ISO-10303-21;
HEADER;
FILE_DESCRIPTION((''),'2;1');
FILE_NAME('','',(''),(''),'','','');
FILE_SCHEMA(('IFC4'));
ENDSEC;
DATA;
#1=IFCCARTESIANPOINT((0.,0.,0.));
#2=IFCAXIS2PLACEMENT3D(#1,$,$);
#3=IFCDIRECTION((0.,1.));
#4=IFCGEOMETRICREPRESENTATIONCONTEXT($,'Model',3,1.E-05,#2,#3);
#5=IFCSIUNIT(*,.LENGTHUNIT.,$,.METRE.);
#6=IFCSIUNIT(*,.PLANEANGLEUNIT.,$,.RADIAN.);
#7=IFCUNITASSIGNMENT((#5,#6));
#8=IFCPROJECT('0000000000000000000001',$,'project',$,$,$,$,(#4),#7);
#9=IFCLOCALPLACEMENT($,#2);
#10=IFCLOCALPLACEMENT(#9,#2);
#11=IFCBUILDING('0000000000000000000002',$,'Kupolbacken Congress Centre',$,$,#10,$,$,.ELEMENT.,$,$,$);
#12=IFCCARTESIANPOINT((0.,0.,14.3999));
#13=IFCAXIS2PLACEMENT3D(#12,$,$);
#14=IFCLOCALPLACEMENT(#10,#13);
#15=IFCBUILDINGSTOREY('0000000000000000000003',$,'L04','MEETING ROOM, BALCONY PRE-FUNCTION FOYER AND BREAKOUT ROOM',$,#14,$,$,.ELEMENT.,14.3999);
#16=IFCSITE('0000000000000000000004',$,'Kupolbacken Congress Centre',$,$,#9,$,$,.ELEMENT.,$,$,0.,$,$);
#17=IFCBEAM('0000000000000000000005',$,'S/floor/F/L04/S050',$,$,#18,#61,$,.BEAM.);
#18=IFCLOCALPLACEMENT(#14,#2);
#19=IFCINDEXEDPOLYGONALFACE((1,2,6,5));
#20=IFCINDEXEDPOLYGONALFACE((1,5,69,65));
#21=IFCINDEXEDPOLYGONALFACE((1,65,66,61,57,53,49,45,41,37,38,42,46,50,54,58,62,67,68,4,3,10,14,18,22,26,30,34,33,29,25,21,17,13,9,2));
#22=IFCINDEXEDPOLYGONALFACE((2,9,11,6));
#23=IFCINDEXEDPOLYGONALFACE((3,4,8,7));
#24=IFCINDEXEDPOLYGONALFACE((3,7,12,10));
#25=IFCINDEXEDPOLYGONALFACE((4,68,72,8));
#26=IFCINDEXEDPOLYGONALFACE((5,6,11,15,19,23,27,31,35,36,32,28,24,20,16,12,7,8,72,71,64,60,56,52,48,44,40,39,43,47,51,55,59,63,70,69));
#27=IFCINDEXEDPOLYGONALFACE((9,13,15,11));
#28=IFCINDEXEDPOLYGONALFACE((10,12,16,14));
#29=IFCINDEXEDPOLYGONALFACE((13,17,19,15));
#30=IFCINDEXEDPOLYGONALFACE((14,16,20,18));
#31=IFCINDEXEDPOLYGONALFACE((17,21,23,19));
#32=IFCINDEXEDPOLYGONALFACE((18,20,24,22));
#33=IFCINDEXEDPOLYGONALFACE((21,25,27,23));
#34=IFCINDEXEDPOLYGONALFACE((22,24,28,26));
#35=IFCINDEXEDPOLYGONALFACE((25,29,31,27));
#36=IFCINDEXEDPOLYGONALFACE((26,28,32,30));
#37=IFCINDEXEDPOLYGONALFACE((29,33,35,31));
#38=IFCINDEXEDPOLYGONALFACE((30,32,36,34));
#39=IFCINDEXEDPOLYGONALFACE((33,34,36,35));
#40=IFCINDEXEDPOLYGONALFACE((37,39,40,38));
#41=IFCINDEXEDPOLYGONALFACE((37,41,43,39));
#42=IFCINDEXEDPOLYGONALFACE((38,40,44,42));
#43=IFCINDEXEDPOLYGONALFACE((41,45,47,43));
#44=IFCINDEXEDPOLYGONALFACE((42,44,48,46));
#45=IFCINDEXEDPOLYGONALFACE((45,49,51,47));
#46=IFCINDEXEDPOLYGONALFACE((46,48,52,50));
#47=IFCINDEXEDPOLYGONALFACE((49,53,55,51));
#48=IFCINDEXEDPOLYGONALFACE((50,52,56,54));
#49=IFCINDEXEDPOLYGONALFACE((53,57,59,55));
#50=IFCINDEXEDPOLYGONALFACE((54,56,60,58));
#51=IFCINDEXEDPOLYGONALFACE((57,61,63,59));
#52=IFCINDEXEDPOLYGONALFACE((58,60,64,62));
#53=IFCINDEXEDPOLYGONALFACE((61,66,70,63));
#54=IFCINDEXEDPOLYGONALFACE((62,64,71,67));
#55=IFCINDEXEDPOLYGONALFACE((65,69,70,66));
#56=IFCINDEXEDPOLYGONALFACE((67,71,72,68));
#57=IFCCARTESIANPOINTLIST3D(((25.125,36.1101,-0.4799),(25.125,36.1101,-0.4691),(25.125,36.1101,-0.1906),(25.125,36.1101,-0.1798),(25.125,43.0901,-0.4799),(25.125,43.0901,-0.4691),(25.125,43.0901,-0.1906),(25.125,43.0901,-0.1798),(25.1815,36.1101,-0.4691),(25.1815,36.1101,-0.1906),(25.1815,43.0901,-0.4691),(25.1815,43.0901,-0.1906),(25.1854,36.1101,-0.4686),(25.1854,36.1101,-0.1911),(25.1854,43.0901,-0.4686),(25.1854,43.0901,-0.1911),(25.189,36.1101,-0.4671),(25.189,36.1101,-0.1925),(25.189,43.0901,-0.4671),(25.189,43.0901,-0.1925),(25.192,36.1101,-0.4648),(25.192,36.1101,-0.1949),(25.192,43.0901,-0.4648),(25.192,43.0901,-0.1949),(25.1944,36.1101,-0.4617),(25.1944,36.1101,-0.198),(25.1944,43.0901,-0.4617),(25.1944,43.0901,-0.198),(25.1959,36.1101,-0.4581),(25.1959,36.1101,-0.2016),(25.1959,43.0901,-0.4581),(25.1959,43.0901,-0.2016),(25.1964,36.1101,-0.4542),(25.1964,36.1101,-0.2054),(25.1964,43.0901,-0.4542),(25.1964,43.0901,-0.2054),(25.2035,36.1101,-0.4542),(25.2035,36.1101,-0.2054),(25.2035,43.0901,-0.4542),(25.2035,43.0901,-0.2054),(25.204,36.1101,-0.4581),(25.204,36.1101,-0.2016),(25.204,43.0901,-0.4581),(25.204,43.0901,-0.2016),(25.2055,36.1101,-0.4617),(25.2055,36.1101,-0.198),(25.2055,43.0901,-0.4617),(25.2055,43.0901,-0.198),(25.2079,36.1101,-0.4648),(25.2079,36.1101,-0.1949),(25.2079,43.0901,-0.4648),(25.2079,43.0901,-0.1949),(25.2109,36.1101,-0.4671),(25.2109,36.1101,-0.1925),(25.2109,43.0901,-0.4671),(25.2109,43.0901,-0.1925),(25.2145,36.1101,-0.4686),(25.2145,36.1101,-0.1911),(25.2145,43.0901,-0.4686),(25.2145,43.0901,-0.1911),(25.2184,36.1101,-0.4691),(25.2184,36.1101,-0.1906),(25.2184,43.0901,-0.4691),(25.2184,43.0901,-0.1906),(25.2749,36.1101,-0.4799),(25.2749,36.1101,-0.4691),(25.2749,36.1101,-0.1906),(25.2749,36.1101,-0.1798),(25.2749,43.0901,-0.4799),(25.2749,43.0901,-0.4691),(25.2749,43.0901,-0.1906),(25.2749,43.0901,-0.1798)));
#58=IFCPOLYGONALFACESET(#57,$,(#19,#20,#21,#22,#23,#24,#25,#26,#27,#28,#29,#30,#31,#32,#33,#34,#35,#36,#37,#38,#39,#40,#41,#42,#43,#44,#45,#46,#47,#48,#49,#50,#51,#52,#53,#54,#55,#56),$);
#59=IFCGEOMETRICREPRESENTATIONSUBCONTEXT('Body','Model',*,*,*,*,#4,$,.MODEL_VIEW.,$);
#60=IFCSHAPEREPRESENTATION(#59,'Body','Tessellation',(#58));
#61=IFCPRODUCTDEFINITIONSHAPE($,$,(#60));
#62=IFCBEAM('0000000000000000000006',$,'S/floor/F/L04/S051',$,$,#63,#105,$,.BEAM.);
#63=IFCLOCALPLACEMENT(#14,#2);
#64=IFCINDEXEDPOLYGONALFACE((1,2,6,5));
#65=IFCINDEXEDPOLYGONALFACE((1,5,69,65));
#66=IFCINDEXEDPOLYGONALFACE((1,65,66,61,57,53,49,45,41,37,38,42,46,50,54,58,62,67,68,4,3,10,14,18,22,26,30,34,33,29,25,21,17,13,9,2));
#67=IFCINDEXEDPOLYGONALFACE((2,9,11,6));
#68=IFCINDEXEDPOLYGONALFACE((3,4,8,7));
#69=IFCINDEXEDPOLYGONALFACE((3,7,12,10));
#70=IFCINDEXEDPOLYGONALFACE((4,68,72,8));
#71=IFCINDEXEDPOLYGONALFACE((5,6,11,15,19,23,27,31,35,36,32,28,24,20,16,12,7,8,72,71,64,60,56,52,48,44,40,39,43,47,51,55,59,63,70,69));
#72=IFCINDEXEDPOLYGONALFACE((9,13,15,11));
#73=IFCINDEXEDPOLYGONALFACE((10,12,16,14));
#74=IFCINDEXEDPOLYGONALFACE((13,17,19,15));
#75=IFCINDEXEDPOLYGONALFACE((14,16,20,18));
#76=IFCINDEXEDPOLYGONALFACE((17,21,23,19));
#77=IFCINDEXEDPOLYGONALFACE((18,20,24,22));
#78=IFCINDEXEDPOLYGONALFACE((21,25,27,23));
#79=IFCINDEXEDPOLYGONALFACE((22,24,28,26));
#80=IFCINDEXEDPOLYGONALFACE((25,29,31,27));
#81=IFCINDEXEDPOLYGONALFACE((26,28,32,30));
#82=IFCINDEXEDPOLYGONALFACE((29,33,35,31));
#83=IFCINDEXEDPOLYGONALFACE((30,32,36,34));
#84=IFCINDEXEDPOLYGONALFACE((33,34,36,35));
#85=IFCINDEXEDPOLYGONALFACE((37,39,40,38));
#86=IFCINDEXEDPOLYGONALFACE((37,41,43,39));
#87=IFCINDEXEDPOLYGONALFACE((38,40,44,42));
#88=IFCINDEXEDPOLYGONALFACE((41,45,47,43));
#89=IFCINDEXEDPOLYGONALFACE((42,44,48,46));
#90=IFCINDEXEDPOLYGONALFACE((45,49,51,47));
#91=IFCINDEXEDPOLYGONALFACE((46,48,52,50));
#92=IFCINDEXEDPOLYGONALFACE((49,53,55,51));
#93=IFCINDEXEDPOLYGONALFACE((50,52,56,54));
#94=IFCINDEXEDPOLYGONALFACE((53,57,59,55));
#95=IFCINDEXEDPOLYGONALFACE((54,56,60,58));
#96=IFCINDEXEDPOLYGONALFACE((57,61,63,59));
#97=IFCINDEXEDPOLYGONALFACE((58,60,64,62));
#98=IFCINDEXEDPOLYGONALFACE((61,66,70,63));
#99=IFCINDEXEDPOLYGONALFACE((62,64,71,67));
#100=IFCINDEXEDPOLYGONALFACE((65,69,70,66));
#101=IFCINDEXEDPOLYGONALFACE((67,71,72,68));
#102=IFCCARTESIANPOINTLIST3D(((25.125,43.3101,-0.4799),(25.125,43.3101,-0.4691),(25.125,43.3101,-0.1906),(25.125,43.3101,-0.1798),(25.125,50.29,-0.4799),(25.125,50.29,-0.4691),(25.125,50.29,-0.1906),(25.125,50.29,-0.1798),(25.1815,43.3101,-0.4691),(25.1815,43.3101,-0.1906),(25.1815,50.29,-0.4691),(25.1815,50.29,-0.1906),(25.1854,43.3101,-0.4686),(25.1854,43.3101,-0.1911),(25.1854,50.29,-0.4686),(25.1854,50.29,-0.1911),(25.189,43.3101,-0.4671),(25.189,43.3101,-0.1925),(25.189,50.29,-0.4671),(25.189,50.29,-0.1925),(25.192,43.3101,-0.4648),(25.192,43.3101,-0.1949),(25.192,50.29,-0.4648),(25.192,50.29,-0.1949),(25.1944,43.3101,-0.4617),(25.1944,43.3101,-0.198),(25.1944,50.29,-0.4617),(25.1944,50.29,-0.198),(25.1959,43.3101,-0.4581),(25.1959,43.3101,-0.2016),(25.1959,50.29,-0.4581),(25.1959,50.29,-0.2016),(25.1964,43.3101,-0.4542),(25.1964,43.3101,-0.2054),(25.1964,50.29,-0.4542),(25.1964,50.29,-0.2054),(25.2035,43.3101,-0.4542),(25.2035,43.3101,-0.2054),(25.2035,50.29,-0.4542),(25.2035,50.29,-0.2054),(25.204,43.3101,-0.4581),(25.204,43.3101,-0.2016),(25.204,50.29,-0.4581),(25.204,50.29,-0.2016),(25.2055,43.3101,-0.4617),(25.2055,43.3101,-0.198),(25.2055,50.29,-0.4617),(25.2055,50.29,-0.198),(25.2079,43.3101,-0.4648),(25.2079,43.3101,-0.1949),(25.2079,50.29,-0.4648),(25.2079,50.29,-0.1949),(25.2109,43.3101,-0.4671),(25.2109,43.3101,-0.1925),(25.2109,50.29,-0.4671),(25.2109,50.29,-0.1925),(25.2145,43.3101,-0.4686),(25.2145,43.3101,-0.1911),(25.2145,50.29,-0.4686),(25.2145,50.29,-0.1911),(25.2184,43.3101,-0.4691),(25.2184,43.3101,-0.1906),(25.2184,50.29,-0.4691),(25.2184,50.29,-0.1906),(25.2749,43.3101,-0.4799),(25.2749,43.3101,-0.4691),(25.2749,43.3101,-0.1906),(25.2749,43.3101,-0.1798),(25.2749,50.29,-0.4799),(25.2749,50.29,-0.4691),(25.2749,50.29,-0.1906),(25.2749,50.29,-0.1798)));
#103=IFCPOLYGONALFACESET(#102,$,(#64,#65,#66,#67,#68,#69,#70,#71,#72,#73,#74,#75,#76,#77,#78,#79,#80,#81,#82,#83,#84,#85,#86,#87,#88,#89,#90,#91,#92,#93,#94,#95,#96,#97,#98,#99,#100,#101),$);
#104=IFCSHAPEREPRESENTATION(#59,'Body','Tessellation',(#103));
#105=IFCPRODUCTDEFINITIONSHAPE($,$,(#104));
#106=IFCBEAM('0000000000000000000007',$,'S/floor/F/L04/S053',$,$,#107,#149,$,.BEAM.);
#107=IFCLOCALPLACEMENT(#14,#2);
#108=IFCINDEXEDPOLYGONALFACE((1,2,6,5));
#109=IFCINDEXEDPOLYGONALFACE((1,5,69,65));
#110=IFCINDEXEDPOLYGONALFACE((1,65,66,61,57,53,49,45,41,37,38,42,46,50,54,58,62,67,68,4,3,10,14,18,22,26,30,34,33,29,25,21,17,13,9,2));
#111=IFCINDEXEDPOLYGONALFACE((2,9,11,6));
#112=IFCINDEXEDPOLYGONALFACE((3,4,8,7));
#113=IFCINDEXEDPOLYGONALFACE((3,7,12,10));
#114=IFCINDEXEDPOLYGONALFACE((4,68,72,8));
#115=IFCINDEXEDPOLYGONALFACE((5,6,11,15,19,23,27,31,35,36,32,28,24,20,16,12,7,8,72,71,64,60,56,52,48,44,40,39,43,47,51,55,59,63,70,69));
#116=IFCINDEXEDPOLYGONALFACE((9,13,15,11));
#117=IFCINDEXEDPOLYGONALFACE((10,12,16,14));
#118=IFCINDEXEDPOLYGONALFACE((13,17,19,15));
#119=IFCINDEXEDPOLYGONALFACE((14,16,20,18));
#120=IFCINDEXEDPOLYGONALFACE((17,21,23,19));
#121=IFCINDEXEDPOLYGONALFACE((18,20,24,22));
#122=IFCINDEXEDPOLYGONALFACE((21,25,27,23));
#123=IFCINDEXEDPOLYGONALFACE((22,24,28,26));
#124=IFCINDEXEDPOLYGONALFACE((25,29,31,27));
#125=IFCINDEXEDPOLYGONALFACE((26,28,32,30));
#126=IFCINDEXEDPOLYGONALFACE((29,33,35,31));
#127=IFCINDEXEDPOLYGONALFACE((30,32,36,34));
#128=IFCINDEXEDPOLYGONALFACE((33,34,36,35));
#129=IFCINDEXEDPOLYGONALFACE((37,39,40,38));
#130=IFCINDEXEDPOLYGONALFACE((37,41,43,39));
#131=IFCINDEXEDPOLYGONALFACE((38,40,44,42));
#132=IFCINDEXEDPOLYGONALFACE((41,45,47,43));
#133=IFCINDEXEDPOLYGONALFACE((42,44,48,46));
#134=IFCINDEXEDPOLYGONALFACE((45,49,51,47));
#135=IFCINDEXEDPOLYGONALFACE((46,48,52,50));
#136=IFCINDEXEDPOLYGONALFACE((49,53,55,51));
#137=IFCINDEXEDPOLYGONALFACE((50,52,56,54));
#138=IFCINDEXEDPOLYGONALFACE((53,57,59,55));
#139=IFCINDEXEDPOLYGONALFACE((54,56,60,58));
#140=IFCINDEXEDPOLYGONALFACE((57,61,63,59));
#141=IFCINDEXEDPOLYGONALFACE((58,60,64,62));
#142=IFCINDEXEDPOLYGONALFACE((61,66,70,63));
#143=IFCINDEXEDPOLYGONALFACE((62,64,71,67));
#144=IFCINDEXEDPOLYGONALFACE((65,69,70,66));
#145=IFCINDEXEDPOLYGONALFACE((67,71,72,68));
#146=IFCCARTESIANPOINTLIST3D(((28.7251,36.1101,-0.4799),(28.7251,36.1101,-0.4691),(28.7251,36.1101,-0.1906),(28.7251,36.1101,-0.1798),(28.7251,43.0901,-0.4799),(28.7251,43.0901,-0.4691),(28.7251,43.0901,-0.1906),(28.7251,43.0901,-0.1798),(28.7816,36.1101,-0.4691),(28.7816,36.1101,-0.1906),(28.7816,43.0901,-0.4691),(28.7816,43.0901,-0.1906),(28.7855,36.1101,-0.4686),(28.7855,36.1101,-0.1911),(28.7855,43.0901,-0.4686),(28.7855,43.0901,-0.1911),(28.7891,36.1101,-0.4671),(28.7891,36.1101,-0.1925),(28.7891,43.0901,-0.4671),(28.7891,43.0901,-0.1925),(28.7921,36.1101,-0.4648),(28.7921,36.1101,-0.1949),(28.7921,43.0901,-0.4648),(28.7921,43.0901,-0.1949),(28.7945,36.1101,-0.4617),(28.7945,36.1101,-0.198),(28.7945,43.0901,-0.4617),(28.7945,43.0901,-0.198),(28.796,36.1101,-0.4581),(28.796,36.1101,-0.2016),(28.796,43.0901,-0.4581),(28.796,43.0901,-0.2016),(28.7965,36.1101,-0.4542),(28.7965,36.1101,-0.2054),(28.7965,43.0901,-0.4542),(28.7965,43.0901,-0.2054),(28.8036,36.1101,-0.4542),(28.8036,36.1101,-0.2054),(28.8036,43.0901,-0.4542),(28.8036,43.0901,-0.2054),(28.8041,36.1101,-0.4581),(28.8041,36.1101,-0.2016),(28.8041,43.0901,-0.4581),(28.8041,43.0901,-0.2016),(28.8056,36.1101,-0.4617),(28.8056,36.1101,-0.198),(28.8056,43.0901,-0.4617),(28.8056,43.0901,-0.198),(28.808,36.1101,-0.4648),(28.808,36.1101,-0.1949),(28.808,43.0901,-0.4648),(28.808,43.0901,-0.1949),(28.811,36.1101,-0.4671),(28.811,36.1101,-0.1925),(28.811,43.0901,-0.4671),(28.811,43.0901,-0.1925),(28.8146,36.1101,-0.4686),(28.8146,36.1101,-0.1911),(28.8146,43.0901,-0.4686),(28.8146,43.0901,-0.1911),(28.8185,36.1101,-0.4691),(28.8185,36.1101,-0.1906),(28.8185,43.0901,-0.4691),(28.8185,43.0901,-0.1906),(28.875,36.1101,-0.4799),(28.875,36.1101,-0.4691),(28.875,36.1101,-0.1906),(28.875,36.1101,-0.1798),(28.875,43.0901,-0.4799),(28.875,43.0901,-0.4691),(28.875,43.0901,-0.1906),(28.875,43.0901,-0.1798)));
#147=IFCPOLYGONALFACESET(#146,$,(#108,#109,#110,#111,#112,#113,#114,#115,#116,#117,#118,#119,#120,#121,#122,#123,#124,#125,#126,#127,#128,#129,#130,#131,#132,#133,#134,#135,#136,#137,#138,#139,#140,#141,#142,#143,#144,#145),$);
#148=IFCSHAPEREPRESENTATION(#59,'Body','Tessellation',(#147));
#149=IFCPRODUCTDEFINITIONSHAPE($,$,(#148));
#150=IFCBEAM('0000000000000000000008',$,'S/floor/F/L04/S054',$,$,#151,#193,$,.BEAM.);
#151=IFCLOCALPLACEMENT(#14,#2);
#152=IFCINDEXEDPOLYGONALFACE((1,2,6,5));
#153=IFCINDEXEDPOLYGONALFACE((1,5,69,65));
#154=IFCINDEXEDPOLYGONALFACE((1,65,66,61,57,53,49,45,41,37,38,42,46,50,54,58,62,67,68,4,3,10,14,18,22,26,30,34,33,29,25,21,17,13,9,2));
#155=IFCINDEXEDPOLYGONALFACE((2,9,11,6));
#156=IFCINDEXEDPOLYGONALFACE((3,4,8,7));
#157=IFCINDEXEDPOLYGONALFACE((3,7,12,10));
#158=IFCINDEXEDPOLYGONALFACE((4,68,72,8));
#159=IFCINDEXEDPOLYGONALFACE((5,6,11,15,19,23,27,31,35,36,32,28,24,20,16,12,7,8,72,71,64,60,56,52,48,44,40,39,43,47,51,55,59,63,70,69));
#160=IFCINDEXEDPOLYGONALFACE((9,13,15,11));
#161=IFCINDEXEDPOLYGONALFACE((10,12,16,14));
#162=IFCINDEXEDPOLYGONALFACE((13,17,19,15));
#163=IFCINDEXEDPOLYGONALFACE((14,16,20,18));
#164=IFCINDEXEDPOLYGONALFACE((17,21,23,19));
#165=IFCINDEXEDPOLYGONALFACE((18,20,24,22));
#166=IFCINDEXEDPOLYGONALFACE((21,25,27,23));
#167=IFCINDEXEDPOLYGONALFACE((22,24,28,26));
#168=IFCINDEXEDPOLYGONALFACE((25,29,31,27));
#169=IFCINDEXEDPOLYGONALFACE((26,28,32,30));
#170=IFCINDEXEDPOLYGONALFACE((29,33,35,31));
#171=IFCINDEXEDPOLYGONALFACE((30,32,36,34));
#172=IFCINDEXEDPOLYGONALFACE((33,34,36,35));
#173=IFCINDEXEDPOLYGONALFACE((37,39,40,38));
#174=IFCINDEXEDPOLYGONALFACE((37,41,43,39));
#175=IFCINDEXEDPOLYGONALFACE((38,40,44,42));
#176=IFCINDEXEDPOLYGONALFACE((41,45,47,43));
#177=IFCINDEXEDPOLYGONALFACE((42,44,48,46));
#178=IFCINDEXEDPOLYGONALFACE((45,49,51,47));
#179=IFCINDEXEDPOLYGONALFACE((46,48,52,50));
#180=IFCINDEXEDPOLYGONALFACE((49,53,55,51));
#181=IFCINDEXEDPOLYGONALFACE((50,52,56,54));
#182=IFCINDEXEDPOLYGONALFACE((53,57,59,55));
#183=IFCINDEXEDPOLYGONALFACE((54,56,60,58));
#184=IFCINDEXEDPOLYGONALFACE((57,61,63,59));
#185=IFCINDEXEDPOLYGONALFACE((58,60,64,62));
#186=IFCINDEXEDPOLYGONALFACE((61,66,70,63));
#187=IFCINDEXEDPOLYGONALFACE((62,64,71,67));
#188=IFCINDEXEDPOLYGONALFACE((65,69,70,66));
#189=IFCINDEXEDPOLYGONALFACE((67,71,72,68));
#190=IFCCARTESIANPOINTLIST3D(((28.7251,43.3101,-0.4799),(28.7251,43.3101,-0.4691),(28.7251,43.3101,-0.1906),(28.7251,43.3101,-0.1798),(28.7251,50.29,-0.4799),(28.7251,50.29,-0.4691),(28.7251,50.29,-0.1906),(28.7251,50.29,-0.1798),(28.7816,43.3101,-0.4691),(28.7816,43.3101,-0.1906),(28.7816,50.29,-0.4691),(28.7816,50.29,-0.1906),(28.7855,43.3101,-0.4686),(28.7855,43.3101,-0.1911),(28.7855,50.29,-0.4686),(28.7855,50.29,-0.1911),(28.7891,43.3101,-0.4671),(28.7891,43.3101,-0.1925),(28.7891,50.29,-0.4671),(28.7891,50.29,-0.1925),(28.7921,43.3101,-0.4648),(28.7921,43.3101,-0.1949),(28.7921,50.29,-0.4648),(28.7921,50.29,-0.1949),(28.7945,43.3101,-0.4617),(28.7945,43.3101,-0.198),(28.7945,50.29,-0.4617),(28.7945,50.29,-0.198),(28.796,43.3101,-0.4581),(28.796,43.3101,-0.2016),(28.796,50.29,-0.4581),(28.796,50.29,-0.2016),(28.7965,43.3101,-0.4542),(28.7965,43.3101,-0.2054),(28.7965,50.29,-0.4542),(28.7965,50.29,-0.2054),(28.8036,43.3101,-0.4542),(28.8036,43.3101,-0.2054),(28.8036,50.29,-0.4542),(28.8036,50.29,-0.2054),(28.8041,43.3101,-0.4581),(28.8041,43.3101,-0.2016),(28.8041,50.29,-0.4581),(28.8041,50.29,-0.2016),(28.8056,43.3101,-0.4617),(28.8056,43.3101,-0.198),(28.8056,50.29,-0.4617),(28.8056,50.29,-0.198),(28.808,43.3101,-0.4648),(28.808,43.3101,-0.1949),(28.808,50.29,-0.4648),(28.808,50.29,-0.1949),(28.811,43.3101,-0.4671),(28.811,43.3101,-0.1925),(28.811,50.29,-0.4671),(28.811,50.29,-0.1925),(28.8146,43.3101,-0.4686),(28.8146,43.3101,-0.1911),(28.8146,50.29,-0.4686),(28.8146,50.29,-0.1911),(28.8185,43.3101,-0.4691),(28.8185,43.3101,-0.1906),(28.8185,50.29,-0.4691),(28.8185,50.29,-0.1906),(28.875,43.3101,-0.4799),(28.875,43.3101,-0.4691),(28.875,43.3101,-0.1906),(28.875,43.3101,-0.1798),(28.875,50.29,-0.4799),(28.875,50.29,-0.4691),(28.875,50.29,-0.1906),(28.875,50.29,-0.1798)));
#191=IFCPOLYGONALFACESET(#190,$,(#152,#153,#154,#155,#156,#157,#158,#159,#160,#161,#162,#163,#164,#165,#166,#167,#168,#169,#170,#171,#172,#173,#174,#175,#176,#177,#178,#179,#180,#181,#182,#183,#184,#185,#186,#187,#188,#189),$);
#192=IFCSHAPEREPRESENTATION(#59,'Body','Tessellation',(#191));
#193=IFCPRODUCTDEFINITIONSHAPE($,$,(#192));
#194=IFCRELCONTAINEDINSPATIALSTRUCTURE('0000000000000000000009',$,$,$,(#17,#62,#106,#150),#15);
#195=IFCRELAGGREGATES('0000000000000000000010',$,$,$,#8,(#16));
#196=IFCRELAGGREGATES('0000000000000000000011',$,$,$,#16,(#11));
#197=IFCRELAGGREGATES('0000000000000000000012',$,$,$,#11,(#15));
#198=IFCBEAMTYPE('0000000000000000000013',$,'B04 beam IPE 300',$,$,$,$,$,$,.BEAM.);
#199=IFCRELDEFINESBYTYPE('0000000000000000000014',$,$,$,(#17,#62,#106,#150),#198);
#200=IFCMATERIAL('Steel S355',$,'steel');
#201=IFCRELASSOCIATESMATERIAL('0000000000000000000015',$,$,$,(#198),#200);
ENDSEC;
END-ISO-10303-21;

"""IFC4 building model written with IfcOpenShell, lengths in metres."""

from ifc_helpers import new_model, si_unit, direction, frame, origin, origin_2d, place, context, subcontext, project, spatial, i_section, extrude, material, material_profile, profile_set, type_object, element, save


model = new_model("IFC4")

# Units and contexts
model_context = context("Model", 3, precision=1e-05, world=origin(), true_north=direction((0.0, 1.0)))
body_context = subcontext(model_context, "Body", "Model", "MODEL_VIEW")
ifc_project = project(units=[si_unit("LENGTHUNIT", "METRE"), si_unit("PLANEANGLEUNIT", "RADIAN")], contexts=[model_context])

# Site, building, storey
site_placement = place(None, origin())
site = spatial("IfcSite", under=ifc_project, at=site_placement, Name="Kupolbacken Congress Centre", CompositionType="ELEMENT", RefElevation=0.0)
building_placement = place(site_placement, origin())
building = spatial("IfcBuilding", under=site, at=building_placement, Name="Kupolbacken Congress Centre", CompositionType="ELEMENT")
storey_placement = place(building_placement, frame((0.0, 0.0, 14.3999)))
storey = spatial("IfcBuildingStorey", under=building, at=storey_placement, Name="L04", Description="MEETING ROOM, BALCONY PRE-FUNCTION FOYER AND BREAKOUT ROOM", CompositionType="ELEMENT", Elevation=14.3999)

# Beams
ifc_material_1 = material(Name="Steel S355", Category="steel")
ifc_material_profile_1 = material_profile(ifc_material_1, i_section(OverallWidth=0.1499, OverallDepth=0.3, WebThickness=0.0071, FlangeThickness=0.0107, FilletRadius=0.0149, at=origin_2d()), Name="IPE 300")
ifc_profile_set_1 = profile_set([ifc_material_profile_1], Name="Steel S355")
beam_type_1 = type_object("IfcBeamType", Name="B04 beam IPE 300", PredefinedType="BEAM", material=ifc_profile_set_1)
for number, where, z_axis, x_axis, name in (
    (1, (25.2, 36.1101, -0.3298), (0.0, 1.0, 0.0), (-1.0, 0.0, 0.0), "S/floor/F/L04/S050"),
    (2, (25.2, 43.3101, -0.3298), (0.0, 1.0, 0.0), (-1.0, 0.0, 0.0), "S/floor/F/L04/S051"),
    (3, (28.8, 36.1101, -0.3298), (0.0, 1.0, 0.0), (-1.0, 0.0, 0.0), "S/floor/F/L04/S053"),
    (4, (28.8, 43.3101, -0.3298), (0.0, 1.0, 0.0), (-1.0, 0.0, 0.0), "S/floor/F/L04/S054"),
):
    element("IfcBeam", number, at=place(storey_placement, frame(where, z_axis=z_axis, x_axis=x_axis)), inside=storey, type_object=beam_type_1, Name=name, PredefinedType="BEAM", context=body_context, shape_type="SweptSolid", body=[
        extrude(i_section(OverallWidth=0.1499, OverallDepth=0.3, WebThickness=0.0071, FlangeThickness=0.0107, FilletRadius=0.0149, at=origin_2d()), origin(), (0.0, 0.0, 1.0), 6.98),
    ])

save(model, "model.ifc")
